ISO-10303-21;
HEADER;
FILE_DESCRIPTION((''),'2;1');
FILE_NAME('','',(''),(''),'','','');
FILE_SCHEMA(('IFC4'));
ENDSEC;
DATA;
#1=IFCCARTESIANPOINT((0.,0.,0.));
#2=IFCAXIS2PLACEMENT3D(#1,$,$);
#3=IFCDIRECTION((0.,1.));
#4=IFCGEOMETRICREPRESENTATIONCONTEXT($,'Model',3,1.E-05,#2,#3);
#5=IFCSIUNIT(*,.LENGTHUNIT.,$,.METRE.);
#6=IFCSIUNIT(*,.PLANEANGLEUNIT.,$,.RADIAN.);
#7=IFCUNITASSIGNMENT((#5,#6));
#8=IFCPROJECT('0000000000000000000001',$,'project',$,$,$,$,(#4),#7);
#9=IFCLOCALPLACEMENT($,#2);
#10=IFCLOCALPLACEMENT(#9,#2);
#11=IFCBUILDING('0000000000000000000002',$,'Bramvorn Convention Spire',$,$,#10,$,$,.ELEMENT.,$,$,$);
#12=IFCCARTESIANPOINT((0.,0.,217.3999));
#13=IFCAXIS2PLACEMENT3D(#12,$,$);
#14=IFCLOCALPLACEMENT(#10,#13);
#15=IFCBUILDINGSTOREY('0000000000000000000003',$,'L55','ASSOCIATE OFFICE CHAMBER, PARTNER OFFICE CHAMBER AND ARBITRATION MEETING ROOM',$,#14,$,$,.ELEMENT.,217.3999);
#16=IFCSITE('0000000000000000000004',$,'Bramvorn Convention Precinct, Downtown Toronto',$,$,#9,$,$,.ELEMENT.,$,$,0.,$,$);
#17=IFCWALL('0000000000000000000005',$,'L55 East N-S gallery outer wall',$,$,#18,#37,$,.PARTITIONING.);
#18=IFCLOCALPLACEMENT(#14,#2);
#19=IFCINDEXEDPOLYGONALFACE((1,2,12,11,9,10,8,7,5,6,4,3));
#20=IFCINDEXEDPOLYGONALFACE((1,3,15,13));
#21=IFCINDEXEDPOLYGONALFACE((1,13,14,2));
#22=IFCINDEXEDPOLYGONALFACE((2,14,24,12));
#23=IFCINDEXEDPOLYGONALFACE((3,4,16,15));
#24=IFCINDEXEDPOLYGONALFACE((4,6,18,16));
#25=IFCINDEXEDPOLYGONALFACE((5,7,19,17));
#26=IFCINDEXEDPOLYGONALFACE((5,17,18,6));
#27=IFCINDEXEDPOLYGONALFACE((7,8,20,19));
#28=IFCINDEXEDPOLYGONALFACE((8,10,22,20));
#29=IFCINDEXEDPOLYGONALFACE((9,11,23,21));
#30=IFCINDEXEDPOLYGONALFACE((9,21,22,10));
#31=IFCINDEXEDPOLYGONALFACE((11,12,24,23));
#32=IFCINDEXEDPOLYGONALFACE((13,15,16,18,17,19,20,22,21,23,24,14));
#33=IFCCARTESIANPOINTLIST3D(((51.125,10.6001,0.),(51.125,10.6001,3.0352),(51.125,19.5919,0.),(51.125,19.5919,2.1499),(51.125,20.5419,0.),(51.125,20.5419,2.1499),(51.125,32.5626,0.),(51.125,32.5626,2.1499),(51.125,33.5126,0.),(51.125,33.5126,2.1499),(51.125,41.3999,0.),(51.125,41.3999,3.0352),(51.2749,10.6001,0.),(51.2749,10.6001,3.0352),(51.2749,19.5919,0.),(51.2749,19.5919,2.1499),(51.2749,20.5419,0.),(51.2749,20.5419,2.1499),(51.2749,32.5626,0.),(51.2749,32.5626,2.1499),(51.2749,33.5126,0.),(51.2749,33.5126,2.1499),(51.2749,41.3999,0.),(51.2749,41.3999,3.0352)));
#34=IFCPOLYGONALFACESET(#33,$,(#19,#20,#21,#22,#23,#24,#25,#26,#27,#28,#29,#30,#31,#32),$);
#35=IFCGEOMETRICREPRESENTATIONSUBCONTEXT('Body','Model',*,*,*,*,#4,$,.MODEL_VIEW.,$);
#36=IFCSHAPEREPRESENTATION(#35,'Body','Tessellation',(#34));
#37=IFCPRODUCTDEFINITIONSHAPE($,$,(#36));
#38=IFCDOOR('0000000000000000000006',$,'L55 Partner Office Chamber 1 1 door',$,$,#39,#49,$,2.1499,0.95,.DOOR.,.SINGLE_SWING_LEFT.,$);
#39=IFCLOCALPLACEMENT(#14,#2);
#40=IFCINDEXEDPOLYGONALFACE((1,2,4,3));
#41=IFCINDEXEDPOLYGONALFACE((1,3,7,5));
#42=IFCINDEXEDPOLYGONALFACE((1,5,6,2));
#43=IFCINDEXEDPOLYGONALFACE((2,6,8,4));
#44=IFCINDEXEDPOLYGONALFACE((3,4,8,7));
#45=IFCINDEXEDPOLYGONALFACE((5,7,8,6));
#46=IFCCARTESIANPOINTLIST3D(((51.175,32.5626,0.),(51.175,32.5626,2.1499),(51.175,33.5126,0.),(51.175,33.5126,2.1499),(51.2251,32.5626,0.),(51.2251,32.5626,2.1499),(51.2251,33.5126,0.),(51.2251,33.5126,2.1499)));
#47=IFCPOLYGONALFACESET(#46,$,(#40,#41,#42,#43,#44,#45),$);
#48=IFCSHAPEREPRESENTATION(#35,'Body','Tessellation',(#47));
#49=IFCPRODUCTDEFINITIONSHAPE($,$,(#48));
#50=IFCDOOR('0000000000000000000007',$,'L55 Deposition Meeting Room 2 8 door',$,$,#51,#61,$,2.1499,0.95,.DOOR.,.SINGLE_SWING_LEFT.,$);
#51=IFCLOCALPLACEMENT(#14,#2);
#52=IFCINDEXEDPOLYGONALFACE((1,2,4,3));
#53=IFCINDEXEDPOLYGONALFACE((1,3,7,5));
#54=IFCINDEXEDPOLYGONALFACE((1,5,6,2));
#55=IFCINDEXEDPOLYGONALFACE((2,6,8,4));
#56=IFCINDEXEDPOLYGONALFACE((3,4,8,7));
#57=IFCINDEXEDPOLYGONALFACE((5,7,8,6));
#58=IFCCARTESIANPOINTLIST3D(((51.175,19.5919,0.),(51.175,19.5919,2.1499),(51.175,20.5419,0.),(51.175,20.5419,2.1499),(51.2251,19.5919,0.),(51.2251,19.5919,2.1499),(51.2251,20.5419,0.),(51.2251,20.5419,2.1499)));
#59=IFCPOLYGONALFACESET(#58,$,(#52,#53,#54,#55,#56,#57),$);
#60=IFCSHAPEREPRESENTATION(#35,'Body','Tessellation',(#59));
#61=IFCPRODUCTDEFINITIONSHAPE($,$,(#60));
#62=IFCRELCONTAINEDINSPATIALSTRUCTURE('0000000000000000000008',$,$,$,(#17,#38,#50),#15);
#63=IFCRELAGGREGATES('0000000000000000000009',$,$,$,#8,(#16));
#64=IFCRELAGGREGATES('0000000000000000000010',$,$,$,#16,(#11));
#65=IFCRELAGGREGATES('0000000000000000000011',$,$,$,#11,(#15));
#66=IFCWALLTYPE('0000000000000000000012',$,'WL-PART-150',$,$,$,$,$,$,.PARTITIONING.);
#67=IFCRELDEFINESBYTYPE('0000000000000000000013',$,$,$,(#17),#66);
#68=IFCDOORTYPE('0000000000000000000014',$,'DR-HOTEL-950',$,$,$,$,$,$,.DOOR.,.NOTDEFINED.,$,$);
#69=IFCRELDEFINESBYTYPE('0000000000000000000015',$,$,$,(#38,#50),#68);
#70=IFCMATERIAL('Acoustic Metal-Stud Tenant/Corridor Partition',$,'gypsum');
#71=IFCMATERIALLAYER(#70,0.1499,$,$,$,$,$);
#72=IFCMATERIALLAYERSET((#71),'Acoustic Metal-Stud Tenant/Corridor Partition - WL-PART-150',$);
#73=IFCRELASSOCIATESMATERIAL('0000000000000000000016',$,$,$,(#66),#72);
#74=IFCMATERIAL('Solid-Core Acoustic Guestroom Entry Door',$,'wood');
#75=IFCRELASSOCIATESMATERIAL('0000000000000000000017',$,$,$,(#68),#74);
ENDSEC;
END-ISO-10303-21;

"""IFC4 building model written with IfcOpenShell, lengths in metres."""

from ifc_helpers import new_model, si_unit, direction, frame, frame_2d, origin, place, context, subcontext, project, spatial, rectangle, extrude, material, layer, layer_set, type_object, element, fill, save


model = new_model("IFC4")

# Units and contexts
model_context = context("Model", 3, precision=1e-05, world=origin(), true_north=direction((0.0, 1.0)))
body_context = subcontext(model_context, "Body", "Model", "MODEL_VIEW")
ifc_project = project(units=[si_unit("LENGTHUNIT", "METRE"), si_unit("PLANEANGLEUNIT", "RADIAN")], contexts=[model_context])

# Site, building, storey
site_placement = place(None, origin())
site = spatial("IfcSite", under=ifc_project, at=site_placement, Name="Bramvorn Convention Precinct, Downtown Toronto", CompositionType="ELEMENT", RefElevation=0.0)
building_placement = place(site_placement, origin())
building = spatial("IfcBuilding", under=site, at=building_placement, Name="Bramvorn Convention Spire", CompositionType="ELEMENT")
storey_placement = place(building_placement, frame((0.0, 0.0, 217.3999)))
storey = spatial("IfcBuildingStorey", under=building, at=storey_placement, Name="L55", Description="ASSOCIATE OFFICE CHAMBER, PARTNER OFFICE CHAMBER AND ARBITRATION MEETING ROOM", CompositionType="ELEMENT", Elevation=217.3999)

# Wall, openings, doors
ifc_material_1 = material(Name="Acoustic Metal-Stud Tenant/Corridor Partition", Category="gypsum")
ifc_layer_1 = layer(ifc_material_1, 0.1499)
ifc_layer_set_1 = layer_set([ifc_layer_1], Name="Acoustic Metal-Stud Tenant/Corridor Partition - WL-PART-150")
wall_type_1 = type_object("IfcWallType", Name="WL-PART-150", PredefinedType="PARTITIONING", material=ifc_layer_set_1)
wall_1_placement = place(storey_placement, frame((51.2, 10.6001, 0.0), z_axis=(0.0, 0.0, 1.0), x_axis=(0.0, 1.0, 0.0)))
wall_1 = element("IfcWall", 1, at=wall_1_placement, inside=storey, type_object=wall_type_1, Name="L55 East N-S gallery outer wall", PredefinedType="PARTITIONING", context=body_context, shape_type="SweptSolid", body=[
    extrude(rectangle(XDim=30.7998, YDim=0.1499, at=frame_2d((15.3999, 0.0))), origin(), (0.0, 0.0, 1.0), 3.0352),
])
opening_1_placement = place(wall_1_placement, frame((21.9624, 0.0, 0.0)))
opening_1 = element("IfcOpeningElement", 2, at=opening_1_placement, cuts=wall_1, PredefinedType="OPENING", context=body_context, shape_type="SweptSolid", body=[
    extrude(rectangle(XDim=0.95, YDim=2.1499, at=frame_2d((0.4751, 1.075))), frame((0.0, 0.085, 0.0), z_axis=(0.0, -1.0, 0.0), x_axis=(1.0, 0.0, 0.0)), (0.0, 0.0, 1.0), 0.1699),
])
opening_2_placement = place(wall_1_placement, frame((8.9917, 0.0, 0.0)))
opening_2 = element("IfcOpeningElement", 3, at=opening_2_placement, cuts=wall_1, PredefinedType="OPENING", context=body_context, shape_type="SweptSolid", body=[
    extrude(rectangle(XDim=0.95, YDim=2.1499, at=frame_2d((0.4751, 1.075))), frame((0.0, 0.085, 0.0), z_axis=(0.0, -1.0, 0.0), x_axis=(1.0, 0.0, 0.0)), (0.0, 0.0, 1.0), 0.1699),
])
ifc_material_2 = material(Name="Solid-Core Acoustic Guestroom Entry Door", Category="wood")
door_type = type_object("IfcDoorType", Name="DR-HOTEL-950", OperationType="NOTDEFINED", PredefinedType="DOOR", material=ifc_material_2)
door_1_placement = place(opening_1_placement, origin())
door_1 = element("IfcDoor", 4, at=door_1_placement, inside=storey, type_object=door_type, Name="L55 Partner Office Chamber 1 1 door", OperationType="SINGLE_SWING_LEFT", OverallHeight=2.1499, OverallWidth=0.95, PredefinedType="DOOR", context=body_context, shape_type="SweptSolid", body=[
    extrude(rectangle(XDim=0.95, YDim=2.1499, at=frame_2d((0.4751, 1.075))), frame((0.0, 0.0249, 0.0), z_axis=(0.0, -1.0, 0.0), x_axis=(1.0, 0.0, 0.0)), (0.0, 0.0, 1.0), 0.05),
])
fill(opening_1, door_1)
door_2_placement = place(opening_2_placement, origin())
door_2 = element("IfcDoor", 5, at=door_2_placement, inside=storey, type_object=door_type, Name="L55 Deposition Meeting Room 2 8 door", OperationType="SINGLE_SWING_LEFT", OverallHeight=2.1499, OverallWidth=0.95, PredefinedType="DOOR", context=body_context, shape_type="SweptSolid", body=[
    extrude(rectangle(XDim=0.95, YDim=2.1499, at=frame_2d((0.4751, 1.075))), frame((0.0, 0.0249, 0.0), z_axis=(0.0, -1.0, 0.0), x_axis=(1.0, 0.0, 0.0)), (0.0, 0.0, 1.0), 0.05),
])
fill(opening_2, door_2)

save(model, "model.ifc")
